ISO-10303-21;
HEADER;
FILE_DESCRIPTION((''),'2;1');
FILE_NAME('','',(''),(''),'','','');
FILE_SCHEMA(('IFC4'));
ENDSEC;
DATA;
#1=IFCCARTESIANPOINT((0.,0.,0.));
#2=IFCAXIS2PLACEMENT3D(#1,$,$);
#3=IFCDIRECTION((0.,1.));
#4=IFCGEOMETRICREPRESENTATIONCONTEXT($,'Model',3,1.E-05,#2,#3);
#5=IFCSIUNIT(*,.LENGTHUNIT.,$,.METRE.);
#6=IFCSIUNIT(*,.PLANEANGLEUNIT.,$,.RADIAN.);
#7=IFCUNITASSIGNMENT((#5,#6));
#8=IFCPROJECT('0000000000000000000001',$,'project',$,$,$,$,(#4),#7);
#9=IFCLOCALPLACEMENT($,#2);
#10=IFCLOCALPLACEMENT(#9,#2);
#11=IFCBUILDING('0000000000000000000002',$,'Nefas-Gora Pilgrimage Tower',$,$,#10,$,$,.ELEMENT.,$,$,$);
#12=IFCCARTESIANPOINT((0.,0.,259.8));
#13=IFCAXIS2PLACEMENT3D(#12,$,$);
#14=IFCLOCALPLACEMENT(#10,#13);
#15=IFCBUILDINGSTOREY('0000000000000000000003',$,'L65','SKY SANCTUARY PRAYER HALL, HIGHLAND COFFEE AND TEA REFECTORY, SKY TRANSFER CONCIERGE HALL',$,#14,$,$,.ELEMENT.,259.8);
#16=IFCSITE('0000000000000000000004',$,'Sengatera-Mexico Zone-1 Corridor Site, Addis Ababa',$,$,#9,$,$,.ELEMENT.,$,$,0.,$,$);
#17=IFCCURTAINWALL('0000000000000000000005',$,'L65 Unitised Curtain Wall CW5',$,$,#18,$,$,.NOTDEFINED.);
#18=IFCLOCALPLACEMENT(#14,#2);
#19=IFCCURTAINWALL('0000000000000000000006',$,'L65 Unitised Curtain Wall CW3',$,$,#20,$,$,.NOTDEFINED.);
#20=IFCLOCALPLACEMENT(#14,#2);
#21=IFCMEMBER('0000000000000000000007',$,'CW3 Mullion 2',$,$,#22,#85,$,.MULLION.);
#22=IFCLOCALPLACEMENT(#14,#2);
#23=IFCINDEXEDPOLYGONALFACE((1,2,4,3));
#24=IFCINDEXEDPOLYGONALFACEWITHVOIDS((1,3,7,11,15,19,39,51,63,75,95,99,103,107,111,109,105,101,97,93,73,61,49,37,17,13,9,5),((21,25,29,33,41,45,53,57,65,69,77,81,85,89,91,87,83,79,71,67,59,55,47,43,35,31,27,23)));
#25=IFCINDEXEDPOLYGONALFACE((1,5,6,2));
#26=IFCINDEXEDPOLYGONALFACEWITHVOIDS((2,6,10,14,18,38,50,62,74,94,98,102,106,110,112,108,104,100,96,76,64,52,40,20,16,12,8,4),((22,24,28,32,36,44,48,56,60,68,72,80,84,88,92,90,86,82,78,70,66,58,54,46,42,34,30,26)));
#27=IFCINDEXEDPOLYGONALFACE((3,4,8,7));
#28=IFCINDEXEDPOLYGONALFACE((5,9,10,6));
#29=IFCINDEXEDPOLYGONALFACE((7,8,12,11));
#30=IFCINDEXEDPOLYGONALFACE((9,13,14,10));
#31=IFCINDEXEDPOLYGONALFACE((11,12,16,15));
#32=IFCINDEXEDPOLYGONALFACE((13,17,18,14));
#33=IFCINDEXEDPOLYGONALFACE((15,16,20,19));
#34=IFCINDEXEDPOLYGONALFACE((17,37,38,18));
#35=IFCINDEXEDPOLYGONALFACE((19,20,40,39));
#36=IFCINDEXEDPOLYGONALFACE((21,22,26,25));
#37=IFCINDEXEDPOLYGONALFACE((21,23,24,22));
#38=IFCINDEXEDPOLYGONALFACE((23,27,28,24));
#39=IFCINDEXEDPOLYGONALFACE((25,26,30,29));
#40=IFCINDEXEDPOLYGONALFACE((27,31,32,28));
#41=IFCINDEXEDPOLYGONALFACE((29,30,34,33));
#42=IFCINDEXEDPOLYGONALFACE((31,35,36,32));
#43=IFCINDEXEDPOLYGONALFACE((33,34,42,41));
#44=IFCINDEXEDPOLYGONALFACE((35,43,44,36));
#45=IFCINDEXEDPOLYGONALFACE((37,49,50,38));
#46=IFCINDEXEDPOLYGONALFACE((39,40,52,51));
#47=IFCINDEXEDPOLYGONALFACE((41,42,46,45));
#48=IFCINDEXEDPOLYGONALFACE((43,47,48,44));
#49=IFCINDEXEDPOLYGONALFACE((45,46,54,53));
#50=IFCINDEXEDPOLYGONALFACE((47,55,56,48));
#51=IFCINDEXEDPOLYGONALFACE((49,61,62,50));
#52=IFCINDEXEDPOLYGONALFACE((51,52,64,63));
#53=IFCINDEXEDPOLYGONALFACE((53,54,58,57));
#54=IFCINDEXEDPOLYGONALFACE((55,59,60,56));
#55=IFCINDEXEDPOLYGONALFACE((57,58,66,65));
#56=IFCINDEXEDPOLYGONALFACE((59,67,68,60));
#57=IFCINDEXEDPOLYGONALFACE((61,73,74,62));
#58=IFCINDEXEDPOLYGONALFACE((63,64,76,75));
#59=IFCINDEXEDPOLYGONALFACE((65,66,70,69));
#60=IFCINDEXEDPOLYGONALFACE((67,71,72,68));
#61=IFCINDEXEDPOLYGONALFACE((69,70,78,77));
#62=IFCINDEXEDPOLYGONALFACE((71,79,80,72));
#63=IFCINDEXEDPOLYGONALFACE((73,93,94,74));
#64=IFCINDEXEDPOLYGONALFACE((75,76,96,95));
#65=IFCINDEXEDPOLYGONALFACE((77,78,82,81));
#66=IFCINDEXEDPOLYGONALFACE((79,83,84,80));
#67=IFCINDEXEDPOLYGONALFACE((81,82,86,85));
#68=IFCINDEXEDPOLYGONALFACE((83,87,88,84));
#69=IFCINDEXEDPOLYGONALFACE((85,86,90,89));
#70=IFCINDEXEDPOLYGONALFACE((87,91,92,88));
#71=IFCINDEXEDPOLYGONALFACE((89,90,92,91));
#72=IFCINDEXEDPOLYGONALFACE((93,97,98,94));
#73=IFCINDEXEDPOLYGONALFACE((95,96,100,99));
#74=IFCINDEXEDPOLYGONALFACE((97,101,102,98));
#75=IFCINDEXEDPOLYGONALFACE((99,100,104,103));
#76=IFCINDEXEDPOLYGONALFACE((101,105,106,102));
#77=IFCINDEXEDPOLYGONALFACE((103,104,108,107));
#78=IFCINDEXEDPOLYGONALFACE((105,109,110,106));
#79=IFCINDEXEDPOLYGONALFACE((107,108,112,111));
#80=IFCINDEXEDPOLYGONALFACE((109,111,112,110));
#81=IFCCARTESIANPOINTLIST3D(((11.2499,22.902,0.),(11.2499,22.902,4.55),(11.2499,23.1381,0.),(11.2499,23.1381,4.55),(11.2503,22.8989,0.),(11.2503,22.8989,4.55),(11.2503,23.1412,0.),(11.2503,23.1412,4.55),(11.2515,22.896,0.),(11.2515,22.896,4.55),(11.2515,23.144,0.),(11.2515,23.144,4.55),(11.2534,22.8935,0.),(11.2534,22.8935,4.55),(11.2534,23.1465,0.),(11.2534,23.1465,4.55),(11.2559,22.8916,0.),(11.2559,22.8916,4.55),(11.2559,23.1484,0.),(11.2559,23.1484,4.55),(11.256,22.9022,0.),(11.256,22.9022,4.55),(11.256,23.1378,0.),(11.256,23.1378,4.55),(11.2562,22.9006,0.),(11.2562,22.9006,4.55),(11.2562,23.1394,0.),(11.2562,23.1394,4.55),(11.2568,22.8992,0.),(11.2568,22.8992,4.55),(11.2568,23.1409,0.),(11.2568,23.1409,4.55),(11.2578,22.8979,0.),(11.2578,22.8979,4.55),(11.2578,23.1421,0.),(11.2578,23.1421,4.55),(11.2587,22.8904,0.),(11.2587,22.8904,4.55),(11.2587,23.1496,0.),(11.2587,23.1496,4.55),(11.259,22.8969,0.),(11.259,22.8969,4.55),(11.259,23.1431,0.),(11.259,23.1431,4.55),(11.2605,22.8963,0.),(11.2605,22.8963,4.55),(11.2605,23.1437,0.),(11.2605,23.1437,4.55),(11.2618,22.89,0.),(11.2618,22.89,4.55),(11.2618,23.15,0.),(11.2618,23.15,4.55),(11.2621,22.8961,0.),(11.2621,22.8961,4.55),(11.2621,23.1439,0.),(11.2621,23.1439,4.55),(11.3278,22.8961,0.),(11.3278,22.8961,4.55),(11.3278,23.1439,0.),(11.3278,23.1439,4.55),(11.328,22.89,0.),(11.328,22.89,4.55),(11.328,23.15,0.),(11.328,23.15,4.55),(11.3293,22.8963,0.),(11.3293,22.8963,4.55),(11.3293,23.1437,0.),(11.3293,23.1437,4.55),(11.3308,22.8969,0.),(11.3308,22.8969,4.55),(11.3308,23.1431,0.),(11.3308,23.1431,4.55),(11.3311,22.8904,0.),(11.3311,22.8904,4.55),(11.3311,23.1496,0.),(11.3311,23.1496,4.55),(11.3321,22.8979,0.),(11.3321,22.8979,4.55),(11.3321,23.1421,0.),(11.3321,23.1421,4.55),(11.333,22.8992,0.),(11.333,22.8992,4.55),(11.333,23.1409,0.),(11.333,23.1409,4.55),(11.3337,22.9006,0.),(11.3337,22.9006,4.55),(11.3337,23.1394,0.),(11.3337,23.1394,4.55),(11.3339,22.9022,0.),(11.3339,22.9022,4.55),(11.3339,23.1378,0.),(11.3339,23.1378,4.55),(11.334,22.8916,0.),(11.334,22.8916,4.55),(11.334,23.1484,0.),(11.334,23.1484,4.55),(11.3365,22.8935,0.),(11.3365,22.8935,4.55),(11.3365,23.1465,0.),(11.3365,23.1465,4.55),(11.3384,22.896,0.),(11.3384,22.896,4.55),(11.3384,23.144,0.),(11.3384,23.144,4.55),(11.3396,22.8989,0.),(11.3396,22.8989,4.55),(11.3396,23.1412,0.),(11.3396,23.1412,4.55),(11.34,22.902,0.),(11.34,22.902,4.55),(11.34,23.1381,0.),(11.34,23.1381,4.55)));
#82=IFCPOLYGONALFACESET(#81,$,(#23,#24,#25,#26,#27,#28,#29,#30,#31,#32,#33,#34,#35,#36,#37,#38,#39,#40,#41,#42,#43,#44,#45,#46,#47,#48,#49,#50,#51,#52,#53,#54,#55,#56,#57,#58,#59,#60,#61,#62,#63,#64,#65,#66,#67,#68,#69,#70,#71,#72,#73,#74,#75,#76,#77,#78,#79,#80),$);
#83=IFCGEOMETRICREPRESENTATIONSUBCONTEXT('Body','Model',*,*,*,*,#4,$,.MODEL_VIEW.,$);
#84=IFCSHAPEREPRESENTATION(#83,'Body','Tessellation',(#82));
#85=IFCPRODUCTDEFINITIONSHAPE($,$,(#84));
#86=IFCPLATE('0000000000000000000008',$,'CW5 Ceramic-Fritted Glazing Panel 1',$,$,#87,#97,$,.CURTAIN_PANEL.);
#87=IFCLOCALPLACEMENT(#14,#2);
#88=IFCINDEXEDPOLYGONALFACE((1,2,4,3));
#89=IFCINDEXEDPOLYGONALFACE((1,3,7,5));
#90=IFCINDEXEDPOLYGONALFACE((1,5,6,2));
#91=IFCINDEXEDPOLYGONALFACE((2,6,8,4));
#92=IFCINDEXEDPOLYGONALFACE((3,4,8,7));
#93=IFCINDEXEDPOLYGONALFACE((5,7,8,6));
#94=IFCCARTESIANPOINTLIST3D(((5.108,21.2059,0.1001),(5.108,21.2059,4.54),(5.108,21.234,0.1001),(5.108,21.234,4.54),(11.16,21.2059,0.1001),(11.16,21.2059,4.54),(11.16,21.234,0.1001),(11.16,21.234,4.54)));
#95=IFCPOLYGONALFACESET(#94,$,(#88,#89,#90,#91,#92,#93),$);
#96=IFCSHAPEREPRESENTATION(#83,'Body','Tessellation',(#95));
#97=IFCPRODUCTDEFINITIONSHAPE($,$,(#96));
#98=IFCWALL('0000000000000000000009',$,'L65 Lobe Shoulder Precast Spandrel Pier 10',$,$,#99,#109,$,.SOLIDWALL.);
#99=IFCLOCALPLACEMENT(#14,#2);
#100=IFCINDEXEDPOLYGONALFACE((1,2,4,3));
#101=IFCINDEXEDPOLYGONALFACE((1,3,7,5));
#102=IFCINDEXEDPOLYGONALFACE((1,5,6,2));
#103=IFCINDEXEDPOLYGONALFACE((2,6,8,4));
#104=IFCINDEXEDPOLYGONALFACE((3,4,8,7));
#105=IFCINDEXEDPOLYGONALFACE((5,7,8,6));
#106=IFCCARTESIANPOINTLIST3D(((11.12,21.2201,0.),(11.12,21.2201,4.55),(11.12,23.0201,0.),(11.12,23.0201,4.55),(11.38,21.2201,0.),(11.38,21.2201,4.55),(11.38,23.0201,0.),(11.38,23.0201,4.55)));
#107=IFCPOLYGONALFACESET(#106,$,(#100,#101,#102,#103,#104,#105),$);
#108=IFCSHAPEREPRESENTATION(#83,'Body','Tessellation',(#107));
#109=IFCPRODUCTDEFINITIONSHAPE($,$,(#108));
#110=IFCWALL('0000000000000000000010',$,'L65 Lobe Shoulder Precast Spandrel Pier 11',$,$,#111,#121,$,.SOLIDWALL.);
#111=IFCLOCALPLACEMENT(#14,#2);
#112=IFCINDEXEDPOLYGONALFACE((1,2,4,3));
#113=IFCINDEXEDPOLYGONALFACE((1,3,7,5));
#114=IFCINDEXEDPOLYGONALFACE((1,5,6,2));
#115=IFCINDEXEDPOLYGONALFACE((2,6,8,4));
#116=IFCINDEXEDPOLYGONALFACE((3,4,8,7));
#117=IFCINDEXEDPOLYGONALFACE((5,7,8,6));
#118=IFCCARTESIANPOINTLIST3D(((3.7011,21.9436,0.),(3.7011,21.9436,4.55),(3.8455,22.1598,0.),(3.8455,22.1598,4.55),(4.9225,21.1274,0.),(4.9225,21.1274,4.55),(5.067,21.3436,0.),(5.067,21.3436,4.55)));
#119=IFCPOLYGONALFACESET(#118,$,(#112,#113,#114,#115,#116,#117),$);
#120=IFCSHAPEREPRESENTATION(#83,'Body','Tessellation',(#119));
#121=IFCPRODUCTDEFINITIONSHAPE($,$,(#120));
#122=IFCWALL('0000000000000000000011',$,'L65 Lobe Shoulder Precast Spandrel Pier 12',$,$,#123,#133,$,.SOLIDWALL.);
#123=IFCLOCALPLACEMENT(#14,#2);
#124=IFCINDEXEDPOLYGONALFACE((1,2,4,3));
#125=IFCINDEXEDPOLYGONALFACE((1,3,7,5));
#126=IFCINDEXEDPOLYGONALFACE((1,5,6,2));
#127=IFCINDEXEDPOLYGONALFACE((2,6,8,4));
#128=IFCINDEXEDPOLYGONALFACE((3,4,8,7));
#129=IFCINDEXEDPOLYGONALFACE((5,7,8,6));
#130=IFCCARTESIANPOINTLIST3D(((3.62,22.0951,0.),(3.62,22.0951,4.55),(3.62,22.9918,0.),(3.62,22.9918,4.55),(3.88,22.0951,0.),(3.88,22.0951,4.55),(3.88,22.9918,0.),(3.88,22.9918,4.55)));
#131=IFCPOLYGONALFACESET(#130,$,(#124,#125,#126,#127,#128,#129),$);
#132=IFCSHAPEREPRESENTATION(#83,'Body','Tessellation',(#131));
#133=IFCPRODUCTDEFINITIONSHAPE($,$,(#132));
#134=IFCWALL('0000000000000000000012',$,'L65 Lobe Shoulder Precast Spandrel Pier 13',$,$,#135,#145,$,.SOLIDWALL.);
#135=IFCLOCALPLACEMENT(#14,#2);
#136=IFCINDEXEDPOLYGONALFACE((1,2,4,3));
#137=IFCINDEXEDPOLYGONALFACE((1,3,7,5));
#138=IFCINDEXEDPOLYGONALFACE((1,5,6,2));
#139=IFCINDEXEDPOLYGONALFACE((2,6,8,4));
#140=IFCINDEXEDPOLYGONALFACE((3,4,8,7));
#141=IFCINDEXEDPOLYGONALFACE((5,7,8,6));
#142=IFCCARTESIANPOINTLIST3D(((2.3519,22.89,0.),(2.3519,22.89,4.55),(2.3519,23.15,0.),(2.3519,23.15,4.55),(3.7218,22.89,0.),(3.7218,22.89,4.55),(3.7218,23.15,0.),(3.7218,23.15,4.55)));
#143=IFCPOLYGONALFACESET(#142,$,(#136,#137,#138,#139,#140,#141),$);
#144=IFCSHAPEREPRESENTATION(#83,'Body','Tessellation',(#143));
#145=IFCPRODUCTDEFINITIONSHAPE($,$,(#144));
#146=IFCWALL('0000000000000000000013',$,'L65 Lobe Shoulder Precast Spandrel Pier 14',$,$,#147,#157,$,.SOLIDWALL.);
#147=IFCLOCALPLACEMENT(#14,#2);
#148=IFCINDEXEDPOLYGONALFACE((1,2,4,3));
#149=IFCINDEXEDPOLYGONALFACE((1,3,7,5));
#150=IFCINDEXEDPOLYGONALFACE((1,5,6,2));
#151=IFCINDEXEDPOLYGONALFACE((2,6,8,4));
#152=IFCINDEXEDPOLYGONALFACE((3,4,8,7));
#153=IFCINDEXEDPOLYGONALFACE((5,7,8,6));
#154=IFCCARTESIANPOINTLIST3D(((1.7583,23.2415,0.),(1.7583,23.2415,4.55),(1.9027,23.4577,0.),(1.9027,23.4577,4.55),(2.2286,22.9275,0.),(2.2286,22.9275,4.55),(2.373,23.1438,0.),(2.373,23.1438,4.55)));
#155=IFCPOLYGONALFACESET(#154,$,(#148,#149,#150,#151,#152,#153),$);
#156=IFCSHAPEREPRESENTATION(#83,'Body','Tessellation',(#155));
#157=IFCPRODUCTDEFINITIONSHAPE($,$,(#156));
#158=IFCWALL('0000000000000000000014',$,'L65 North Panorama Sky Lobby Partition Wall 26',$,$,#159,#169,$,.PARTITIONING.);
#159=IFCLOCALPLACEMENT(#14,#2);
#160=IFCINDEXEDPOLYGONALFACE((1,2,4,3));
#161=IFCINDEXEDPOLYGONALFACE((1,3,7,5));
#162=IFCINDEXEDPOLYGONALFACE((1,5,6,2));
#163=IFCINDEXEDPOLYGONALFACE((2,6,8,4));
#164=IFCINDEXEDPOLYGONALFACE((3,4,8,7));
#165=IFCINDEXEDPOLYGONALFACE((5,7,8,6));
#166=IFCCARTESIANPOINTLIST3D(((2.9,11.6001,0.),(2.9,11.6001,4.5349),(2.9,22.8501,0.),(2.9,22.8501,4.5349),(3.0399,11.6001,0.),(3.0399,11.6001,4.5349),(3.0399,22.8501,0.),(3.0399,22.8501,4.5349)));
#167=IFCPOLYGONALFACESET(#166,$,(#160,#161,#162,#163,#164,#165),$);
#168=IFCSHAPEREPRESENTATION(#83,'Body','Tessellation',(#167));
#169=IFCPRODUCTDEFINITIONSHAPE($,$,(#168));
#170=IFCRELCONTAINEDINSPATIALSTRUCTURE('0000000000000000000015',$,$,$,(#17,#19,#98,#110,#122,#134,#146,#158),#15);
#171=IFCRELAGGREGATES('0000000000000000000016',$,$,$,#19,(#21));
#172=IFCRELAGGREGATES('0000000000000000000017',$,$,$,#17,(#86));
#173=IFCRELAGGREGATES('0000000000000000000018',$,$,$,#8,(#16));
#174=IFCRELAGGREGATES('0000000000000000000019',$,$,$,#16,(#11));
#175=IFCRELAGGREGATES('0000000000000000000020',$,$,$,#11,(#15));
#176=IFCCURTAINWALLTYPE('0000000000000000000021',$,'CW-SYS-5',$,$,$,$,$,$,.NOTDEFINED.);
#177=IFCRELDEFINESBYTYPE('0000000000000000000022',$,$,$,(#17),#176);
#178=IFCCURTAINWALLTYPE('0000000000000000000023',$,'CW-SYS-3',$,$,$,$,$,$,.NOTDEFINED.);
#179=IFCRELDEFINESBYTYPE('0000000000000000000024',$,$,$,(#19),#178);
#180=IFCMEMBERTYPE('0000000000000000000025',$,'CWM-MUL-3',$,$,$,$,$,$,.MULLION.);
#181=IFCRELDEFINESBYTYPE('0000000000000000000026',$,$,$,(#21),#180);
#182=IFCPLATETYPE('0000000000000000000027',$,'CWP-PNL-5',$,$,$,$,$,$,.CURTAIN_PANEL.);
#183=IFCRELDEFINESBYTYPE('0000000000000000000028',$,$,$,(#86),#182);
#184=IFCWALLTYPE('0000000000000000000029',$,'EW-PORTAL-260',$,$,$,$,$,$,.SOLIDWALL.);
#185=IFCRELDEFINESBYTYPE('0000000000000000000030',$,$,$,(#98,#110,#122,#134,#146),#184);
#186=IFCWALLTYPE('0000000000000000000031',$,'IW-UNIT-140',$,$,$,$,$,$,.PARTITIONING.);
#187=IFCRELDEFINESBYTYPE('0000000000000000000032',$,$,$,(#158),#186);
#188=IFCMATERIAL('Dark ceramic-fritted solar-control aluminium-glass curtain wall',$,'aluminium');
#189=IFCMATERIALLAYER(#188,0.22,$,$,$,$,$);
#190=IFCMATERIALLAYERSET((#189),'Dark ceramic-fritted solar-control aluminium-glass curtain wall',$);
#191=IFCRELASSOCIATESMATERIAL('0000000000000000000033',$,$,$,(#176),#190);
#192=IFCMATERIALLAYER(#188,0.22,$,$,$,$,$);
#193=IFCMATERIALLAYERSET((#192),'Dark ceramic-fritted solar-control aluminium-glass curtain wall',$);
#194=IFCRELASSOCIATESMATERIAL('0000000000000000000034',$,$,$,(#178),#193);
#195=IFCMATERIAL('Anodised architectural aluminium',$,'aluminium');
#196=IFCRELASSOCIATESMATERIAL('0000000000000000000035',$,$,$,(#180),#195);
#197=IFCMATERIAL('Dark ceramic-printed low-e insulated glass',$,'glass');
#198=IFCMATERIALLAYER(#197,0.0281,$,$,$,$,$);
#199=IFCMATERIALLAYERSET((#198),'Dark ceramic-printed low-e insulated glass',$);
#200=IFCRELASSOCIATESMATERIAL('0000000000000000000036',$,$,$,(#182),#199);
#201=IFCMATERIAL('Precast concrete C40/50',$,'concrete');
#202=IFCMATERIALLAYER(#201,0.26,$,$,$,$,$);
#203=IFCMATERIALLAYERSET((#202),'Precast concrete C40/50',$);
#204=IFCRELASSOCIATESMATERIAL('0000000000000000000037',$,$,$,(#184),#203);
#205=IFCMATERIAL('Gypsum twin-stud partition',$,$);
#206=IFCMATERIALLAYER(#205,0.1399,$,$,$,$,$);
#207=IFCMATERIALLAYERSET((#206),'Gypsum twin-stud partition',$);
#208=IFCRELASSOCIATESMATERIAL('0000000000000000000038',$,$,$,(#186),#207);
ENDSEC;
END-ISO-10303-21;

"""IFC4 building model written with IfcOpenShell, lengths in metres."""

from ifc_helpers import new_model, si_unit, direction, frame, frame_2d, origin, origin_2d, place, context, subcontext, project, spatial, rectangle, hollow_rectangle, extrude, source, transform, mapped, material, layer, layer_set, material_profile, profile_set, type_object, element, aggregate, save


model = new_model("IFC4")

# Units and contexts
model_context = context("Model", 3, precision=1e-05, world=origin(), true_north=direction((0.0, 1.0)))
body_context = subcontext(model_context, "Body", "Model", "MODEL_VIEW")
ifc_project = project(units=[si_unit("LENGTHUNIT", "METRE"), si_unit("PLANEANGLEUNIT", "RADIAN")], contexts=[model_context])

# Site, building, storey
site_placement = place(None, origin())
site = spatial("IfcSite", under=ifc_project, at=site_placement, Name="Sengatera-Mexico Zone-1 Corridor Site, Addis Ababa", CompositionType="ELEMENT", RefElevation=0.0)
building_placement = place(site_placement, origin())
building = spatial("IfcBuilding", under=site, at=building_placement, Name="Nefas-Gora Pilgrimage Tower", CompositionType="ELEMENT")
storey_placement = place(building_placement, frame((0.0, 0.0, 259.8)))
storey = spatial("IfcBuildingStorey", under=building, at=storey_placement, Name="L65", Description="SKY SANCTUARY PRAYER HALL, HIGHLAND COFFEE AND TEA REFECTORY, SKY TRANSFER CONCIERGE HALL", CompositionType="ELEMENT", Elevation=259.8)

# Curtain wall
ifc_material_1 = material(Name="Dark ceramic-fritted solar-control aluminium-glass curtain wall", Category="aluminium")
ifc_layer_1 = layer(ifc_material_1, 0.22)
ifc_layer_set_1 = layer_set([ifc_layer_1], Name="Dark ceramic-fritted solar-control aluminium-glass curtain wall")
curtain_wall_type_1 = type_object("IfcCurtainWallType", Name="CW-SYS-5", PredefinedType="NOTDEFINED", material=ifc_layer_set_1)
curtain_wall_1_placement = place(storey_placement, origin())
curtain_wall_1 = element("IfcCurtainWall", 1, at=curtain_wall_1_placement, inside=storey, type_object=curtain_wall_type_1, Name="L65 Unitised Curtain Wall CW5", PredefinedType="NOTDEFINED")
ifc_material_2 = material(Name="Anodised architectural aluminium", Category="aluminium")

# Curtain wall, member
ifc_layer_2 = layer(ifc_material_1, 0.22)
ifc_layer_set_2 = layer_set([ifc_layer_2], Name="Dark ceramic-fritted solar-control aluminium-glass curtain wall")
curtain_wall_type_2 = type_object("IfcCurtainWallType", Name="CW-SYS-3", PredefinedType="NOTDEFINED", material=ifc_layer_set_2)
curtain_wall_2_placement = place(storey_placement, origin())
curtain_wall_2 = element("IfcCurtainWall", 2, at=curtain_wall_2_placement, inside=storey, type_object=curtain_wall_type_2, Name="L65 Unitised Curtain Wall CW3", PredefinedType="NOTDEFINED")
ifc_material_profile_1 = material_profile(ifc_material_2, hollow_rectangle(XDim=0.0901, YDim=0.26, WallThickness=0.0061, InnerFilletRadius=0.0061, OuterFilletRadius=0.012, at=origin_2d()), Name="ALU MULLION 90x260")
ifc_profile_set_1 = profile_set([ifc_material_profile_1], Name="Anodised architectural aluminium")
member_type_1 = type_object("IfcMemberType", Name="CWM-MUL-3", PredefinedType="MULLION", material=ifc_profile_set_1)
shared_shape_1 = source(origin(), body_context, "Body", "SweptSolid", [
    extrude(hollow_rectangle(XDim=0.0901, YDim=0.26, WallThickness=0.0061, InnerFilletRadius=0.0061, OuterFilletRadius=0.012, at=origin_2d()), origin(), (0.0, 0.0, 1.0), 4.55),
])
member_1_placement = place(storey_placement, frame((11.2949, 23.02, 0.0), z_axis=(0.0, 0.0, 1.0), x_axis=(-1.0, 0.0, 0.0)))
member_1 = element("IfcMember", 3, at=member_1_placement, type_object=member_type_1, Name="CW3 Mullion 2", PredefinedType="MULLION", context=body_context, shape_type="MappedRepresentation", body=[
    mapped(shared_shape_1, transform((0.0, 0.0, 0.0), x_axis=(1.0, 0.0, 0.0), y_axis=(0.0, 1.0, 0.0), z_axis=(0.0, 0.0, 1.0), scale=1.0)),
])
aggregate(curtain_wall_2, [member_1])

# Plate
ifc_material_3 = material(Name="Dark ceramic-printed low-e insulated glass", Category="glass")
ifc_layer_3 = layer(ifc_material_3, 0.0281)
ifc_layer_set_3 = layer_set([ifc_layer_3], Name="Dark ceramic-printed low-e insulated glass")
plate_type = type_object("IfcPlateType", Name="CWP-PNL-5", PredefinedType="CURTAIN_PANEL", material=ifc_layer_set_3)
shared_shape_2 = source(origin(), body_context, "Body", "SweptSolid", [
    extrude(rectangle(XDim=6.052, YDim=0.0281, at=origin_2d()), origin(), (0.0, 0.0, 1.0), 4.4399),
])
plate_placement = place(storey_placement, frame((8.134, 21.22, 0.1001), z_axis=(0.0, 0.0, 1.0), x_axis=(-1.0, 0.0, 0.0)))
plate = element("IfcPlate", 4, at=plate_placement, type_object=plate_type, Name="CW5 Ceramic-Fritted Glazing Panel 1", PredefinedType="CURTAIN_PANEL", context=body_context, shape_type="MappedRepresentation", body=[
    mapped(shared_shape_2, transform((0.0, 0.0, 0.0), x_axis=(1.0, 0.0, 0.0), y_axis=(0.0, 1.0, 0.0), z_axis=(0.0, 0.0, 1.0), scale=1.0)),
])
aggregate(curtain_wall_1, [plate])

# Walls
ifc_material_4 = material(Name="Precast concrete C40/50", Category="concrete")
ifc_layer_4 = layer(ifc_material_4, 0.26)
ifc_layer_set_4 = layer_set([ifc_layer_4], Name="Precast concrete C40/50")
wall_type_1 = type_object("IfcWallType", Name="EW-PORTAL-260", PredefinedType="SOLIDWALL", material=ifc_layer_set_4)
shared_shape_3 = source(origin(), body_context, "Body", "SweptSolid", [
    extrude(rectangle(XDim=1.8, YDim=0.26, at=frame_2d((0.8999, 0.0))), origin(), (0.0, 0.0, 1.0), 4.55),
])
wall_1_placement = place(storey_placement, frame((11.25, 23.02, 0.0), z_axis=(0.0, 0.0, 1.0), x_axis=(0.0, -1.0, 0.0)))
element("IfcWall", 5, at=wall_1_placement, inside=storey, type_object=wall_type_1, Name="L65 Lobe Shoulder Precast Spandrel Pier 10", PredefinedType="SOLIDWALL", context=body_context, shape_type="MappedRepresentation", body=[
    mapped(shared_shape_3, transform((0.0, 0.0, 0.0), x_axis=(1.0, 0.0, 0.0), y_axis=(0.0, 1.0, 0.0), z_axis=(0.0, 0.0, 1.0), scale=1.0)),
])
shared_shape_4 = source(origin(), body_context, "Body", "SweptSolid", [
    extrude(rectangle(XDim=1.469, YDim=0.26, at=frame_2d((0.7344, 0.0))), origin(), (0.0, 0.0, 1.0), 4.55),
])
wall_2_placement = place(storey_placement, frame((4.9946, 21.2356, 0.0), z_axis=(0.0, 0.0, 1.0), x_axis=(-0.831462, 0.555582, 0.0)))
element("IfcWall", 6, at=wall_2_placement, inside=storey, type_object=wall_type_1, Name="L65 Lobe Shoulder Precast Spandrel Pier 11", PredefinedType="SOLIDWALL", context=body_context, shape_type="MappedRepresentation", body=[
    mapped(shared_shape_4, transform((0.0, 0.0, 0.0), x_axis=(1.0, 0.0, 0.0), y_axis=(0.0, 1.0, 0.0), z_axis=(0.0, 0.0, 1.0), scale=1.0)),
])
shared_shape_5 = source(origin(), body_context, "Body", "SweptSolid", [
    extrude(rectangle(XDim=0.8967, YDim=0.26, at=frame_2d((0.4482, 0.0))), origin(), (0.0, 0.0, 1.0), 4.55),
])
wall_3_placement = place(storey_placement, frame((3.75, 22.0952, 0.0), z_axis=(0.0, 0.0, 1.0), x_axis=(0.0, 1.0, 0.0)))
element("IfcWall", 7, at=wall_3_placement, inside=storey, type_object=wall_type_1, Name="L65 Lobe Shoulder Precast Spandrel Pier 12", PredefinedType="SOLIDWALL", context=body_context, shape_type="MappedRepresentation", body=[
    mapped(shared_shape_5, transform((0.0, 0.0, 0.0), x_axis=(1.0, 0.0, 0.0), y_axis=(0.0, 1.0, 0.0), z_axis=(0.0, 0.0, 1.0), scale=1.0)),
])
shared_shape_6 = source(origin(), body_context, "Body", "SweptSolid", [
    extrude(rectangle(XDim=1.3699, YDim=0.26, at=frame_2d((0.6851, 0.0))), origin(), (0.0, 0.0, 1.0), 4.55),
])
wall_4_placement = place(storey_placement, frame((3.7219, 23.02, 0.0), z_axis=(0.0, 0.0, 1.0), x_axis=(-1.0, 0.0, 0.0)))
element("IfcWall", 8, at=wall_4_placement, inside=storey, type_object=wall_type_1, Name="L65 Lobe Shoulder Precast Spandrel Pier 13", PredefinedType="SOLIDWALL", context=body_context, shape_type="MappedRepresentation", body=[
    mapped(shared_shape_6, transform((0.0, 0.0, 0.0), x_axis=(1.0, 0.0, 0.0), y_axis=(0.0, 1.0, 0.0), z_axis=(0.0, 0.0, 1.0), scale=1.0)),
])
shared_shape_7 = source(origin(), body_context, "Body", "SweptSolid", [
    extrude(rectangle(XDim=0.5654, YDim=0.26, at=frame_2d((0.2827, 0.0))), origin(), (0.0, 0.0, 1.0), 4.55),
])
wall_5_placement = place(storey_placement, frame((2.3008, 23.0356, 0.0), z_axis=(0.0, 0.0, 1.0), x_axis=(-0.831651, 0.555298, 0.0)))
element("IfcWall", 9, at=wall_5_placement, inside=storey, type_object=wall_type_1, Name="L65 Lobe Shoulder Precast Spandrel Pier 14", PredefinedType="SOLIDWALL", context=body_context, shape_type="MappedRepresentation", body=[
    mapped(shared_shape_7, transform((0.0, 0.0, 0.0), x_axis=(1.0, 0.0, 0.0), y_axis=(0.0, 1.0, 0.0), z_axis=(0.0, 0.0, 1.0), scale=1.0)),
])
ifc_material_5 = material(Name="Gypsum twin-stud partition")
ifc_layer_5 = layer(ifc_material_5, 0.1399)
ifc_layer_set_5 = layer_set([ifc_layer_5], Name="Gypsum twin-stud partition")
wall_type_2 = type_object("IfcWallType", Name="IW-UNIT-140", PredefinedType="PARTITIONING", material=ifc_layer_set_5)
shared_shape_8 = source(origin(), body_context, "Body", "SweptSolid", [
    extrude(rectangle(XDim=11.25, YDim=0.1399, at=frame_2d((5.625, 0.0))), origin(), (0.0, 0.0, 1.0), 4.5349),
])
wall_6_placement = place(storey_placement, frame((2.97, 11.6001, 0.0), z_axis=(0.0, 0.0, 1.0), x_axis=(0.0, 1.0, 0.0)))
element("IfcWall", 10, at=wall_6_placement, inside=storey, type_object=wall_type_2, Name="L65 North Panorama Sky Lobby Partition Wall 26", PredefinedType="PARTITIONING", context=body_context, shape_type="MappedRepresentation", body=[
    mapped(shared_shape_8, transform((0.0, 0.0, 0.0), x_axis=(1.0, 0.0, 0.0), y_axis=(0.0, 1.0, 0.0), z_axis=(0.0, 0.0, 1.0), scale=1.0)),
])

save(model, "model.ifc")
